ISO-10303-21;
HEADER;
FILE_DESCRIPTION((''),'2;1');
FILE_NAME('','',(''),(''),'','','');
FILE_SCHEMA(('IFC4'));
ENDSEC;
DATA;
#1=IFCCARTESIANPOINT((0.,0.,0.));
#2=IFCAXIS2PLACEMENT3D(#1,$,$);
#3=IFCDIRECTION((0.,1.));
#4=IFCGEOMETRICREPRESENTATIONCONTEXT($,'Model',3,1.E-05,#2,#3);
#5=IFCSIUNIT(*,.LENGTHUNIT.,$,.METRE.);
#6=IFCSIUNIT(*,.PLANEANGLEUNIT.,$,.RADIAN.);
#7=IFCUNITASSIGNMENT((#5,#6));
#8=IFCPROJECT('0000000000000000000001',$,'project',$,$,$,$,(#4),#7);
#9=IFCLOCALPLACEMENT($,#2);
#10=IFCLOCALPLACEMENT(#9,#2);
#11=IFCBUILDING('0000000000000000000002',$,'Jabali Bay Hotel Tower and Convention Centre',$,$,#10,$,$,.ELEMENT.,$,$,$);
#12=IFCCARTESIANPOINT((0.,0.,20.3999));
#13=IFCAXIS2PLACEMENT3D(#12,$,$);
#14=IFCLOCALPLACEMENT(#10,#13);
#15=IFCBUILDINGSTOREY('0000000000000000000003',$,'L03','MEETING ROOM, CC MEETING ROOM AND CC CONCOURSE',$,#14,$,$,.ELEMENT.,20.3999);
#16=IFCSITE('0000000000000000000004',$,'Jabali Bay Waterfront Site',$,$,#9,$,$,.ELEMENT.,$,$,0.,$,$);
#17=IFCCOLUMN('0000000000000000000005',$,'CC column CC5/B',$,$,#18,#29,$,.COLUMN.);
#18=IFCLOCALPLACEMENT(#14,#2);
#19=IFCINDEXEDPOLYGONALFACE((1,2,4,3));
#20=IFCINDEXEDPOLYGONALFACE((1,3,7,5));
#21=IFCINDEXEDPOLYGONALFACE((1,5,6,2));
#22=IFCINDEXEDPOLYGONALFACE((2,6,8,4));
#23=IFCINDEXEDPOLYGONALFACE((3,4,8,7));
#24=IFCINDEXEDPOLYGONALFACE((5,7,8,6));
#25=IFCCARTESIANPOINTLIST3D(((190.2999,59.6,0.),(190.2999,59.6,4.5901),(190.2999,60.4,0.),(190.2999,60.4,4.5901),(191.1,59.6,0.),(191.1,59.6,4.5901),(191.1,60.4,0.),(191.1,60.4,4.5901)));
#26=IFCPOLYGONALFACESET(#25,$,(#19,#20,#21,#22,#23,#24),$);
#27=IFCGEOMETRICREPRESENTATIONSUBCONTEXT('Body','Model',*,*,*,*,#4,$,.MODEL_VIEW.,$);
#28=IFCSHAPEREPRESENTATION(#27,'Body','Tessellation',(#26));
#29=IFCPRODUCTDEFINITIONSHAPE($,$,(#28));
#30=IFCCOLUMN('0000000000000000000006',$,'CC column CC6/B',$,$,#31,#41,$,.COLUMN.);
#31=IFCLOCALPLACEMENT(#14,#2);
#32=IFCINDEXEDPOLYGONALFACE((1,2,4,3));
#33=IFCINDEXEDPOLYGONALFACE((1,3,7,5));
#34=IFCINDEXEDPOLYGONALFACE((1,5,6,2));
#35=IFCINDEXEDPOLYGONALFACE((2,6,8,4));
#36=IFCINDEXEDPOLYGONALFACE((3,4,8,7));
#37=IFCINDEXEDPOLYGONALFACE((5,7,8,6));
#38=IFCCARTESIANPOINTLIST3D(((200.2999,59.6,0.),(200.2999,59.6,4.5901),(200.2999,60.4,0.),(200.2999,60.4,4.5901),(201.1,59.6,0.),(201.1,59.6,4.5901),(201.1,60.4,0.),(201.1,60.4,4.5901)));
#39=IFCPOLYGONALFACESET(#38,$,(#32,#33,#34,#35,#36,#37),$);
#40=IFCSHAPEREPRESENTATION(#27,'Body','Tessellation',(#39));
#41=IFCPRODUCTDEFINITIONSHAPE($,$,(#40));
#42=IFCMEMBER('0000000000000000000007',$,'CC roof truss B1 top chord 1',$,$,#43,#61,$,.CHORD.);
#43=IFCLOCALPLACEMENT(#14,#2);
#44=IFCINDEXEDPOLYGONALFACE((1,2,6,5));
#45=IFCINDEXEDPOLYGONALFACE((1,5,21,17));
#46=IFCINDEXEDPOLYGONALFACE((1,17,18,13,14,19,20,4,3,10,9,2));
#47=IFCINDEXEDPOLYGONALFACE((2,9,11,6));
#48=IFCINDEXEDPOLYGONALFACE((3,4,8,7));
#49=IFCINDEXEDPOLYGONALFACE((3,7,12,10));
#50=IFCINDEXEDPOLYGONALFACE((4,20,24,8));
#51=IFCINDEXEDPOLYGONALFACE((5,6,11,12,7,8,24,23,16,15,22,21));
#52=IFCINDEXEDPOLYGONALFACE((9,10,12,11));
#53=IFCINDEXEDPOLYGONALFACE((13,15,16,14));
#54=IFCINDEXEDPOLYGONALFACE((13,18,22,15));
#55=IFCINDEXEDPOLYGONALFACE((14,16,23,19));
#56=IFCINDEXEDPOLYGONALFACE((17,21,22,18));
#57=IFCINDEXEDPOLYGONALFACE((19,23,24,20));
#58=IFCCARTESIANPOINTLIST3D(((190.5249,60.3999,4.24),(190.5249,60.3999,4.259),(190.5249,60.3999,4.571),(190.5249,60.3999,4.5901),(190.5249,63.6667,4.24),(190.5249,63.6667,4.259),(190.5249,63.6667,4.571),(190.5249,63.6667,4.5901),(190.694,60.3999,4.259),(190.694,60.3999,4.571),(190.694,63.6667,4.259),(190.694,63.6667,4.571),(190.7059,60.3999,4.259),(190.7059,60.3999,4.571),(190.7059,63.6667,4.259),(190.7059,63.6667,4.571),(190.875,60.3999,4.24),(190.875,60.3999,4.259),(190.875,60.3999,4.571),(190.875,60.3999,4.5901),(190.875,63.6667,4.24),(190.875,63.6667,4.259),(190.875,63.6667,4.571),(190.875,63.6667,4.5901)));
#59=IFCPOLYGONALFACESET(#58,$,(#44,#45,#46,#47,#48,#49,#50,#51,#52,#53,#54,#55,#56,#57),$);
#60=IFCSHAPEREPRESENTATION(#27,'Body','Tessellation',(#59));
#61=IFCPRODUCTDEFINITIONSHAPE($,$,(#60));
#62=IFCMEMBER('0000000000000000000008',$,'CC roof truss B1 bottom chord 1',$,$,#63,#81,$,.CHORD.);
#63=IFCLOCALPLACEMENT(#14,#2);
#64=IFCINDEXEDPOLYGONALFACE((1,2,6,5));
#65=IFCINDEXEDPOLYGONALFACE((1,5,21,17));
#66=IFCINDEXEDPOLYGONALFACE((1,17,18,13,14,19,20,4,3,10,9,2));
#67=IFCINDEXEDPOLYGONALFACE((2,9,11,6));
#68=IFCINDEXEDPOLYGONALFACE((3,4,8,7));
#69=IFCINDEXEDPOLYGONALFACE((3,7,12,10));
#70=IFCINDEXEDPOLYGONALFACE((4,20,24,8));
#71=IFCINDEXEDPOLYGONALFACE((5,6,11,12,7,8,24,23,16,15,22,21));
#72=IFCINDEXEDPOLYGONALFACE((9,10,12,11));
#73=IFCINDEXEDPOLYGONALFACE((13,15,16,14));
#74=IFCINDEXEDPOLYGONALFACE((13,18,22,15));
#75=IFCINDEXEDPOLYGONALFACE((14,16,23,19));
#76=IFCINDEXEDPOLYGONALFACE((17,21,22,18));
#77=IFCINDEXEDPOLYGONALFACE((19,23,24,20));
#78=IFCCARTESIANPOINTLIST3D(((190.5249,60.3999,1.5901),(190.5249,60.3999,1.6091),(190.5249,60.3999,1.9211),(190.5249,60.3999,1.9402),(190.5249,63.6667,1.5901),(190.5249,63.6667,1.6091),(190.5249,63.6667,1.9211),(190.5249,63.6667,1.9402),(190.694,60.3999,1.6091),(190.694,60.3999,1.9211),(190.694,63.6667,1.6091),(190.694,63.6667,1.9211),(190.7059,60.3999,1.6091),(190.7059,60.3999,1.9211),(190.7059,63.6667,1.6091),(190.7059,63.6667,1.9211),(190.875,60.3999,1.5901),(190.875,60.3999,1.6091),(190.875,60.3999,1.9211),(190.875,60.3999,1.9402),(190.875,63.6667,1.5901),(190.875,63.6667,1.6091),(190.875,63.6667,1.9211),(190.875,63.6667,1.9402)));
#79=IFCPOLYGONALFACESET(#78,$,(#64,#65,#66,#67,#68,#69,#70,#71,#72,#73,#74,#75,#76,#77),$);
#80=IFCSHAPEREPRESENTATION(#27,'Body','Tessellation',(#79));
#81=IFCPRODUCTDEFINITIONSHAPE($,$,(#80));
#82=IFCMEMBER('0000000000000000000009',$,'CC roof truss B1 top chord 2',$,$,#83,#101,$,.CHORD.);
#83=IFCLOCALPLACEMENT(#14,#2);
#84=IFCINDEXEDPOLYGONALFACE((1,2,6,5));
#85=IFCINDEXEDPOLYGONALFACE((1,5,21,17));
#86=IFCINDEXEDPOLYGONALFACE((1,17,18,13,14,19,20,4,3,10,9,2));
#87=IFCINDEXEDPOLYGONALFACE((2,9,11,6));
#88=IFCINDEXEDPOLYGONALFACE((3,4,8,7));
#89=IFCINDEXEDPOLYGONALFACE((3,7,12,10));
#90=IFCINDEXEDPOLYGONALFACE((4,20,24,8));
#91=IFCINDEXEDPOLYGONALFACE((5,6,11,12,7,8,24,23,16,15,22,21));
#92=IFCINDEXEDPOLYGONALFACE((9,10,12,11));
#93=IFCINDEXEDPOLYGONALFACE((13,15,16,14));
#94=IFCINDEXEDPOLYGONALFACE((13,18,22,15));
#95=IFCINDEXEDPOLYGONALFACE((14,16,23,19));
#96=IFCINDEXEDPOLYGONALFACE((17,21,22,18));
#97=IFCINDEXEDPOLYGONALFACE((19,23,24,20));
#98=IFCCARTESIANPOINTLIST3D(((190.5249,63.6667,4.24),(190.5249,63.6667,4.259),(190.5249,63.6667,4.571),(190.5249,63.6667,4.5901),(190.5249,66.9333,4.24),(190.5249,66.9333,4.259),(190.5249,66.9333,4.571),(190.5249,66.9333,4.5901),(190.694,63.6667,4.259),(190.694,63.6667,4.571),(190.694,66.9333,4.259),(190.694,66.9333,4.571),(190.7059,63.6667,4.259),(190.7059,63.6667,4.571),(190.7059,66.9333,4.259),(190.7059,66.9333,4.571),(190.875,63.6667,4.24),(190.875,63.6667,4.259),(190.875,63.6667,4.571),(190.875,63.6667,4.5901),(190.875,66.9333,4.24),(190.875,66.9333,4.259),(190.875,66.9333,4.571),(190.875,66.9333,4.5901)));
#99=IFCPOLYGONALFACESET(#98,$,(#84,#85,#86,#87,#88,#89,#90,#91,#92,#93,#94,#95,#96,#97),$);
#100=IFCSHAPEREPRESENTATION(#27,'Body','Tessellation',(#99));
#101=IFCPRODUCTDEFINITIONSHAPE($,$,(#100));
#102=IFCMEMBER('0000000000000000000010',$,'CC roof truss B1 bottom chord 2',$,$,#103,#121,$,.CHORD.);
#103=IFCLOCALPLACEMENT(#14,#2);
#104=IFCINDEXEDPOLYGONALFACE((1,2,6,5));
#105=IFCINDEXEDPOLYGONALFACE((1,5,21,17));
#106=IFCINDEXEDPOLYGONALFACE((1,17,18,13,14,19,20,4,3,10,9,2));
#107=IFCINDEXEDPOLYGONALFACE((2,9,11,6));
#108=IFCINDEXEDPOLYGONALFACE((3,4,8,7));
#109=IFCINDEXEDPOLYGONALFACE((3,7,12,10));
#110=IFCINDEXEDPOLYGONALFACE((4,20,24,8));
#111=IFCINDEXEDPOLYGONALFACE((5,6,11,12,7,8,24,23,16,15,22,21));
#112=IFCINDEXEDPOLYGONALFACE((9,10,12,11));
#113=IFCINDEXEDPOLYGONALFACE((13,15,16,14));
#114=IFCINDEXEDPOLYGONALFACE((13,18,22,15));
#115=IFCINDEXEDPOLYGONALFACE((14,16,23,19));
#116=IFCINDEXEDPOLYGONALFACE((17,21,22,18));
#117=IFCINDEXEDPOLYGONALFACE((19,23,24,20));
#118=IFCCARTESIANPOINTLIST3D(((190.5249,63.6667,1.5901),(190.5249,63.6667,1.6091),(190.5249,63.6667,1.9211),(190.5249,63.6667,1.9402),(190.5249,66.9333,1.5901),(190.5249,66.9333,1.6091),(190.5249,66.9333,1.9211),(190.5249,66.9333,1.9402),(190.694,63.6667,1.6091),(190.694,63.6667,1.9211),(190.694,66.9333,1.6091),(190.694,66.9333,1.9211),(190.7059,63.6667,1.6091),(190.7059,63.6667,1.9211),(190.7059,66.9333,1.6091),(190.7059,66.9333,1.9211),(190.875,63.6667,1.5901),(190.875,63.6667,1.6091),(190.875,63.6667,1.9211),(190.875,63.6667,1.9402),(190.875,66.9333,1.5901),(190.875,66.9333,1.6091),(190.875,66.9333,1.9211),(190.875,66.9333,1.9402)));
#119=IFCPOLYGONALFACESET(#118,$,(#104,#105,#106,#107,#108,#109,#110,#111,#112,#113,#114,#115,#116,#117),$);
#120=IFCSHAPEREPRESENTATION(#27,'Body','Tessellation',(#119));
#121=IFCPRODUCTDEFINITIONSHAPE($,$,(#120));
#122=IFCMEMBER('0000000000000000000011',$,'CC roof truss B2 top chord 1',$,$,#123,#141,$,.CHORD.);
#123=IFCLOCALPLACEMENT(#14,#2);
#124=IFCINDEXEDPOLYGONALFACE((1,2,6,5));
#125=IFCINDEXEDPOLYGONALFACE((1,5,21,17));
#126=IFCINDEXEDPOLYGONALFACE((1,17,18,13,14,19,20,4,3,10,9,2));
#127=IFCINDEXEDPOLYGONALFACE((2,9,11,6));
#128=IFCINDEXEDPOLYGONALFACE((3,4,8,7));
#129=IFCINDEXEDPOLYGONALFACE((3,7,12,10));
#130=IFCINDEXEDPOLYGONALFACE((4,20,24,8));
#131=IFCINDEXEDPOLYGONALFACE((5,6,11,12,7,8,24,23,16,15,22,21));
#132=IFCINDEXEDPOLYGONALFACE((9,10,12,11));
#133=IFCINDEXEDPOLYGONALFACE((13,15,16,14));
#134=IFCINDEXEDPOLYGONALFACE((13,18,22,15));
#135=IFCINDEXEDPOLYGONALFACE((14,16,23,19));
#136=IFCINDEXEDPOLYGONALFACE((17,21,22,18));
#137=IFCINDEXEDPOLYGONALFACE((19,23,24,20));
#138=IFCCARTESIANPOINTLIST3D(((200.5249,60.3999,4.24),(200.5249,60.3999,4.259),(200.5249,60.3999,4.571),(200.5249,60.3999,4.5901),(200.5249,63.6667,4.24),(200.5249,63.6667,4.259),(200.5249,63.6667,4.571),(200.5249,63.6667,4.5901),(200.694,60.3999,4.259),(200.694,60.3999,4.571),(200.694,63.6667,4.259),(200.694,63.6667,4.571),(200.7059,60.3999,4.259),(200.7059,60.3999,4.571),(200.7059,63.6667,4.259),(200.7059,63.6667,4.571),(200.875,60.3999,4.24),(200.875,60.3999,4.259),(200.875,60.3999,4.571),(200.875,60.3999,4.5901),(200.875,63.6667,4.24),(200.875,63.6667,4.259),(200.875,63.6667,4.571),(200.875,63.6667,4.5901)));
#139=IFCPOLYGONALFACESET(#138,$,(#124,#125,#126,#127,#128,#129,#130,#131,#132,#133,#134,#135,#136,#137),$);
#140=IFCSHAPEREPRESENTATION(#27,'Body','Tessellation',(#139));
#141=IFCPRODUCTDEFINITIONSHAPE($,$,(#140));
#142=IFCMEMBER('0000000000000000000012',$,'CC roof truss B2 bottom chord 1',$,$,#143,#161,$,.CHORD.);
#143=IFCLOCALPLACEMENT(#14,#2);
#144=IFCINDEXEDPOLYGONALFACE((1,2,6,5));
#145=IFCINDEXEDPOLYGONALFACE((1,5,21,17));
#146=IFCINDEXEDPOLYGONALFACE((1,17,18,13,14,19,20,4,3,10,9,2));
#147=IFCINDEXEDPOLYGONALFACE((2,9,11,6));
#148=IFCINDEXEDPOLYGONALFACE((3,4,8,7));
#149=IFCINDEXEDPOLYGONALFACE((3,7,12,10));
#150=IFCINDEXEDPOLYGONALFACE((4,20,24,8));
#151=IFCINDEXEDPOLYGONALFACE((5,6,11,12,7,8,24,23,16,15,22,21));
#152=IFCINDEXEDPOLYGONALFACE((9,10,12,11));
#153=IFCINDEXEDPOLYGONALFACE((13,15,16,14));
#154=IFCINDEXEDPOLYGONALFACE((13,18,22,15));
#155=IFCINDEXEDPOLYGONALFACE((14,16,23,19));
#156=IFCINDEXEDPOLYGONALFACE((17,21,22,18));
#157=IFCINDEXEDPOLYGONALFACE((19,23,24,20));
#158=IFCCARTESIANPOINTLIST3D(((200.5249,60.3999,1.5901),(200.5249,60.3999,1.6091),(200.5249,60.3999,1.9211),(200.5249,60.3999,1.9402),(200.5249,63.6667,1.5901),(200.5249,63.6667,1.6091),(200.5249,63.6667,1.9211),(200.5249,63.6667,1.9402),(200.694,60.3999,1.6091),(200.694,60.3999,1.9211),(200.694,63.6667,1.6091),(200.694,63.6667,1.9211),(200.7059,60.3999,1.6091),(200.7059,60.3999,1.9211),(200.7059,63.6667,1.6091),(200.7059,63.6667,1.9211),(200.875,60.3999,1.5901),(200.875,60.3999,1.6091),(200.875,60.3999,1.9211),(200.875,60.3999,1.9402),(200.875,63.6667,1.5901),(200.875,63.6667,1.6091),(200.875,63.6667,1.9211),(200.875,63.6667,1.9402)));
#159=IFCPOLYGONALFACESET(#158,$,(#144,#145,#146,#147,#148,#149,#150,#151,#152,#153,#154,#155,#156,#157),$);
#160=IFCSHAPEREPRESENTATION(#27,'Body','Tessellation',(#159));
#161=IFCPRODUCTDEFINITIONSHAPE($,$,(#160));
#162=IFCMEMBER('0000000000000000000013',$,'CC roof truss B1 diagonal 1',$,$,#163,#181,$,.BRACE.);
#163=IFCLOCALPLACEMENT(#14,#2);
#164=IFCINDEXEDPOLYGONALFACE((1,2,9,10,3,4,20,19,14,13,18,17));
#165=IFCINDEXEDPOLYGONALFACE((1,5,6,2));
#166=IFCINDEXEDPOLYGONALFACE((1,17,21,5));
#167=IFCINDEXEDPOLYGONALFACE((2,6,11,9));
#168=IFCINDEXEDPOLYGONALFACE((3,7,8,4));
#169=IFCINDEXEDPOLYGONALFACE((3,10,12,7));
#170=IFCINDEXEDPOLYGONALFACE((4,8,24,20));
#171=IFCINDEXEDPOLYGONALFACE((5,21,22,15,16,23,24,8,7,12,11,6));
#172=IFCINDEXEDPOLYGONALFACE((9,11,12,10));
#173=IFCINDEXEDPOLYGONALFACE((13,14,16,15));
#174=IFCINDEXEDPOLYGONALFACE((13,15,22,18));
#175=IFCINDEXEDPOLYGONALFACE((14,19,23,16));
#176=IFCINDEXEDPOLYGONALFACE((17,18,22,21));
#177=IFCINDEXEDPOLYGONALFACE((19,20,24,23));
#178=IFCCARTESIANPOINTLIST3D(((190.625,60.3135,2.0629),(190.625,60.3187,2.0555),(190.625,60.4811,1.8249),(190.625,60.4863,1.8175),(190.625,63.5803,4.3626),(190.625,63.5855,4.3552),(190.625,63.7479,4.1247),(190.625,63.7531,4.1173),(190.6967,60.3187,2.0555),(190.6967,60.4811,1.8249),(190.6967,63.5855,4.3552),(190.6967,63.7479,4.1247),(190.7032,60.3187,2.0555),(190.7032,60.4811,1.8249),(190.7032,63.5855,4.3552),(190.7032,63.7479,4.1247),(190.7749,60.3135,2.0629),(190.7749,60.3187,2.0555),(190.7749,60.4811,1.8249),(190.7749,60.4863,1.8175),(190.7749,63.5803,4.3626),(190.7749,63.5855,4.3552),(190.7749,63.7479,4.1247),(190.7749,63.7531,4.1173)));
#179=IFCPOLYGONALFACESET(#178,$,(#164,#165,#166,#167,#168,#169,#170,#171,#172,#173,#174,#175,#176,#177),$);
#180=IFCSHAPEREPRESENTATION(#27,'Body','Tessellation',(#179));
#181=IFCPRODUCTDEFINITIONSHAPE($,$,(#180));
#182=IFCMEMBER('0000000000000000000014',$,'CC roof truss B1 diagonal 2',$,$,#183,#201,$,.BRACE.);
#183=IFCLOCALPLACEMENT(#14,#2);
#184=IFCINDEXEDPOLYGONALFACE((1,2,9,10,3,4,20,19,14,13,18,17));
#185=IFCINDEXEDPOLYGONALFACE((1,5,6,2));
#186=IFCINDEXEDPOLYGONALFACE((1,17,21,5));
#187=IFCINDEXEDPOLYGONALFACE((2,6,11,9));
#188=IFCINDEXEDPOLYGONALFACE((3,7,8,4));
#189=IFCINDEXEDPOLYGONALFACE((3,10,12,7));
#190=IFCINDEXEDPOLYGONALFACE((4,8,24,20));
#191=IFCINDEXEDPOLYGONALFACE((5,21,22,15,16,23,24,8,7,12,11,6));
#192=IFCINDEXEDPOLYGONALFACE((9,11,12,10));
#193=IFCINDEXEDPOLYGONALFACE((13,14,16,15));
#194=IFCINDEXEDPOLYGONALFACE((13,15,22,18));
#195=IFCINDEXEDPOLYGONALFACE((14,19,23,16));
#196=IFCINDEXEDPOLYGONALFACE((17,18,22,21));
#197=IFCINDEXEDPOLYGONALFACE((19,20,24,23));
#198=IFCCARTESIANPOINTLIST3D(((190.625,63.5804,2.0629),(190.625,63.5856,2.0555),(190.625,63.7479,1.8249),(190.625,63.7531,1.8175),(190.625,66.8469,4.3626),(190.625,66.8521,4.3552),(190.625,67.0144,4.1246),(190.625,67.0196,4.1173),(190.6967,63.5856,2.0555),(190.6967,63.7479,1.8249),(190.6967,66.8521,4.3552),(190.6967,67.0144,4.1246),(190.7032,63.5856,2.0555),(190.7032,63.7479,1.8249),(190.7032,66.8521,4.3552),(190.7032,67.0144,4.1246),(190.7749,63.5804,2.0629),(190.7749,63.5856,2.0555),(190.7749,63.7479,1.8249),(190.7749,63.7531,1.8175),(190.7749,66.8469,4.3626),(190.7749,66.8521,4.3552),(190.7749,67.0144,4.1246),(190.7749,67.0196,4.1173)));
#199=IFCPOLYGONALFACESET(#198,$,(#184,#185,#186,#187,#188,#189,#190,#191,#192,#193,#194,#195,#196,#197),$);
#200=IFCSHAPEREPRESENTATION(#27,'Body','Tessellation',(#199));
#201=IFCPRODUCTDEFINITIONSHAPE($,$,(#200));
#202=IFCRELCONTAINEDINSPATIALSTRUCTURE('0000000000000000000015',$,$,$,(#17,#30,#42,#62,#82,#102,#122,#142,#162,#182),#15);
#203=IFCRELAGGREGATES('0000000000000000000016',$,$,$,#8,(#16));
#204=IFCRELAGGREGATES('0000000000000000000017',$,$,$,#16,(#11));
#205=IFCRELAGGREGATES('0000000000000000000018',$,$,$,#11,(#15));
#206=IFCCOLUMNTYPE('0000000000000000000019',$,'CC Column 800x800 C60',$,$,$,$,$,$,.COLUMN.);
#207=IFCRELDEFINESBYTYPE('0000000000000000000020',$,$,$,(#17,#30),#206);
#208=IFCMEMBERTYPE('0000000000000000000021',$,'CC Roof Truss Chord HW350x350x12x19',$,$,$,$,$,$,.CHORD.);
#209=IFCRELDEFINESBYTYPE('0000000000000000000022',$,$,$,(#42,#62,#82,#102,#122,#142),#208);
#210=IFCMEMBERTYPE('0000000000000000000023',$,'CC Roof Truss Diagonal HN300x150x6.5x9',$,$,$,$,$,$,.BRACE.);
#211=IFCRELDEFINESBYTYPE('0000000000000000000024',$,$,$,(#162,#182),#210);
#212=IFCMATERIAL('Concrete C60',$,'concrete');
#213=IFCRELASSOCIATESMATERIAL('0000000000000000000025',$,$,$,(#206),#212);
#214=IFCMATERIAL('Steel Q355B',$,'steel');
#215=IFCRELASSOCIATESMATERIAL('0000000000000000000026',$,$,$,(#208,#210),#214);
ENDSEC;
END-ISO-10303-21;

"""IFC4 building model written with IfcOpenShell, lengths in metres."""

from ifc_helpers import new_model, si_unit, direction, frame, origin, origin_2d, place, context, subcontext, project, spatial, rectangle, i_section, extrude, material, material_profile, profile_set, type_object, element, save


model = new_model("IFC4")

# Units and contexts
model_context = context("Model", 3, precision=1e-05, world=origin(), true_north=direction((0.0, 1.0)))
body_context = subcontext(model_context, "Body", "Model", "MODEL_VIEW")
ifc_project = project(units=[si_unit("LENGTHUNIT", "METRE"), si_unit("PLANEANGLEUNIT", "RADIAN")], contexts=[model_context])

# Site, building, storey
site_placement = place(None, origin())
site = spatial("IfcSite", under=ifc_project, at=site_placement, Name="Jabali Bay Waterfront Site", CompositionType="ELEMENT", RefElevation=0.0)
building_placement = place(site_placement, origin())
building = spatial("IfcBuilding", under=site, at=building_placement, Name="Jabali Bay Hotel Tower and Convention Centre", CompositionType="ELEMENT")
storey_placement = place(building_placement, frame((0.0, 0.0, 20.3999)))
storey = spatial("IfcBuildingStorey", under=building, at=storey_placement, Name="L03", Description="MEETING ROOM, CC MEETING ROOM AND CC CONCOURSE", CompositionType="ELEMENT", Elevation=20.3999)

# Columns
ifc_material_1 = material(Name="Concrete C60", Category="concrete")
ifc_material_profile_1 = material_profile(ifc_material_1, rectangle(XDim=0.8, YDim=0.8, at=origin_2d()), Name="RC 800x800")
ifc_profile_set_1 = profile_set([ifc_material_profile_1], Name="Concrete C60")
column_type = type_object("IfcColumnType", Name="CC Column 800x800 C60", PredefinedType="COLUMN", material=ifc_profile_set_1)
for number, where, z_axis, x_axis, name in (
    (1, (190.7, 60.0, 0.0), (0.0, 0.0, 1.0), (1.0, 0.0, 0.0), "CC column CC5/B"),
    (2, (200.7, 60.0, 0.0), (0.0, 0.0, 1.0), (1.0, 0.0, 0.0), "CC column CC6/B"),
):
    element("IfcColumn", number, at=place(storey_placement, frame(where, z_axis=z_axis, x_axis=x_axis)), inside=storey, type_object=column_type, Name=name, PredefinedType="COLUMN", context=body_context, shape_type="SweptSolid", body=[
        extrude(rectangle(XDim=0.8, YDim=0.8, at=origin_2d()), origin(), (0.0, 0.0, 1.0), 4.5901),
    ])

# Members
ifc_material_2 = material(Name="Steel Q355B", Category="steel")
ifc_material_profile_2 = material_profile(ifc_material_2, i_section(OverallWidth=0.3501, OverallDepth=0.3501, WebThickness=0.012, FlangeThickness=0.019, at=origin_2d()), Name="HW350x350x12x19")
ifc_profile_set_2 = profile_set([ifc_material_profile_2], Name="Steel Q355B")
member_type_1 = type_object("IfcMemberType", Name="CC Roof Truss Chord HW350x350x12x19", PredefinedType="CHORD", material=ifc_profile_set_2)
for number, where, z_axis, x_axis, name in (
    (3, (190.7, 60.3999, 4.415), (0.0, 1.0, 0.0), (-1.0, 0.0, 0.0), "CC roof truss B1 top chord 1"),
    (4, (190.7, 60.3999, 1.7651), (0.0, 1.0, 0.0), (-1.0, 0.0, 0.0), "CC roof truss B1 bottom chord 1"),
):
    element("IfcMember", number, at=place(storey_placement, frame(where, z_axis=z_axis, x_axis=x_axis)), inside=storey, type_object=member_type_1, Name=name, PredefinedType="CHORD", context=body_context, shape_type="SweptSolid", body=[
        extrude(i_section(OverallWidth=0.3501, OverallDepth=0.3501, WebThickness=0.012, FlangeThickness=0.019, at=origin_2d()), origin(), (0.0, 0.0, 1.0), 3.2668),
    ])
for number, where, z_axis, x_axis, name in (
    (5, (190.7, 63.6667, 4.415), (0.0, 1.0, 0.0), (-1.0, 0.0, 0.0), "CC roof truss B1 top chord 2"),
    (6, (190.7, 63.6667, 1.7651), (0.0, 1.0, 0.0), (-1.0, 0.0, 0.0), "CC roof truss B1 bottom chord 2"),
):
    element("IfcMember", number, at=place(storey_placement, frame(where, z_axis=z_axis, x_axis=x_axis)), inside=storey, type_object=member_type_1, Name=name, PredefinedType="CHORD", context=body_context, shape_type="SweptSolid", body=[
        extrude(i_section(OverallWidth=0.3501, OverallDepth=0.3501, WebThickness=0.012, FlangeThickness=0.019, at=origin_2d()), origin(), (0.0, 0.0, 1.0), 3.2666),
    ])
for number, where, z_axis, x_axis, name in (
    (7, (200.7, 60.3999, 4.415), (0.0, 1.0, 0.0), (-1.0, 0.0, 0.0), "CC roof truss B2 top chord 1"),
    (8, (200.7, 60.3999, 1.7651), (0.0, 1.0, 0.0), (-1.0, 0.0, 0.0), "CC roof truss B2 bottom chord 1"),
):
    element("IfcMember", number, at=place(storey_placement, frame(where, z_axis=z_axis, x_axis=x_axis)), inside=storey, type_object=member_type_1, Name=name, PredefinedType="CHORD", context=body_context, shape_type="SweptSolid", body=[
        extrude(i_section(OverallWidth=0.3501, OverallDepth=0.3501, WebThickness=0.012, FlangeThickness=0.019, at=origin_2d()), origin(), (0.0, 0.0, 1.0), 3.2668),
    ])
ifc_material_profile_3 = material_profile(ifc_material_2, i_section(OverallWidth=0.1499, OverallDepth=0.3, WebThickness=0.0066, FlangeThickness=0.009, at=origin_2d()), Name="HN300x150x6.5x9")
ifc_profile_set_3 = profile_set([ifc_material_profile_3], Name="Steel Q355B")
member_type_2 = type_object("IfcMemberType", Name="CC Roof Truss Diagonal HN300x150x6.5x9", PredefinedType="BRACE", material=ifc_profile_set_3)
member_1_placement = place(storey_placement, frame((190.7, 60.3999, 1.9402), z_axis=(0.0, 0.817699, 0.575646), x_axis=(-1.0, 0.0, 0.0)))
element("IfcMember", 9, at=member_1_placement, inside=storey, type_object=member_type_2, Name="CC roof truss B1 diagonal 1", PredefinedType="BRACE", context=body_context, shape_type="SweptSolid", body=[
    extrude(i_section(OverallWidth=0.1499, OverallDepth=0.3, WebThickness=0.0066, FlangeThickness=0.009, at=origin_2d()), origin(), (0.0, 0.0, 1.0), 3.9951),
])
member_2_placement = place(storey_placement, frame((190.7, 63.6667, 1.9402), z_axis=(0.0, 0.817679, 0.575675), x_axis=(-1.0, 0.0, 0.0)))
element("IfcMember", 10, at=member_2_placement, inside=storey, type_object=member_type_2, Name="CC roof truss B1 diagonal 2", PredefinedType="BRACE", context=body_context, shape_type="SweptSolid", body=[
    extrude(i_section(OverallWidth=0.1499, OverallDepth=0.3, WebThickness=0.0066, FlangeThickness=0.009, at=origin_2d()), origin(), (0.0, 0.0, 1.0), 3.9949),
])

save(model, "model.ifc")
